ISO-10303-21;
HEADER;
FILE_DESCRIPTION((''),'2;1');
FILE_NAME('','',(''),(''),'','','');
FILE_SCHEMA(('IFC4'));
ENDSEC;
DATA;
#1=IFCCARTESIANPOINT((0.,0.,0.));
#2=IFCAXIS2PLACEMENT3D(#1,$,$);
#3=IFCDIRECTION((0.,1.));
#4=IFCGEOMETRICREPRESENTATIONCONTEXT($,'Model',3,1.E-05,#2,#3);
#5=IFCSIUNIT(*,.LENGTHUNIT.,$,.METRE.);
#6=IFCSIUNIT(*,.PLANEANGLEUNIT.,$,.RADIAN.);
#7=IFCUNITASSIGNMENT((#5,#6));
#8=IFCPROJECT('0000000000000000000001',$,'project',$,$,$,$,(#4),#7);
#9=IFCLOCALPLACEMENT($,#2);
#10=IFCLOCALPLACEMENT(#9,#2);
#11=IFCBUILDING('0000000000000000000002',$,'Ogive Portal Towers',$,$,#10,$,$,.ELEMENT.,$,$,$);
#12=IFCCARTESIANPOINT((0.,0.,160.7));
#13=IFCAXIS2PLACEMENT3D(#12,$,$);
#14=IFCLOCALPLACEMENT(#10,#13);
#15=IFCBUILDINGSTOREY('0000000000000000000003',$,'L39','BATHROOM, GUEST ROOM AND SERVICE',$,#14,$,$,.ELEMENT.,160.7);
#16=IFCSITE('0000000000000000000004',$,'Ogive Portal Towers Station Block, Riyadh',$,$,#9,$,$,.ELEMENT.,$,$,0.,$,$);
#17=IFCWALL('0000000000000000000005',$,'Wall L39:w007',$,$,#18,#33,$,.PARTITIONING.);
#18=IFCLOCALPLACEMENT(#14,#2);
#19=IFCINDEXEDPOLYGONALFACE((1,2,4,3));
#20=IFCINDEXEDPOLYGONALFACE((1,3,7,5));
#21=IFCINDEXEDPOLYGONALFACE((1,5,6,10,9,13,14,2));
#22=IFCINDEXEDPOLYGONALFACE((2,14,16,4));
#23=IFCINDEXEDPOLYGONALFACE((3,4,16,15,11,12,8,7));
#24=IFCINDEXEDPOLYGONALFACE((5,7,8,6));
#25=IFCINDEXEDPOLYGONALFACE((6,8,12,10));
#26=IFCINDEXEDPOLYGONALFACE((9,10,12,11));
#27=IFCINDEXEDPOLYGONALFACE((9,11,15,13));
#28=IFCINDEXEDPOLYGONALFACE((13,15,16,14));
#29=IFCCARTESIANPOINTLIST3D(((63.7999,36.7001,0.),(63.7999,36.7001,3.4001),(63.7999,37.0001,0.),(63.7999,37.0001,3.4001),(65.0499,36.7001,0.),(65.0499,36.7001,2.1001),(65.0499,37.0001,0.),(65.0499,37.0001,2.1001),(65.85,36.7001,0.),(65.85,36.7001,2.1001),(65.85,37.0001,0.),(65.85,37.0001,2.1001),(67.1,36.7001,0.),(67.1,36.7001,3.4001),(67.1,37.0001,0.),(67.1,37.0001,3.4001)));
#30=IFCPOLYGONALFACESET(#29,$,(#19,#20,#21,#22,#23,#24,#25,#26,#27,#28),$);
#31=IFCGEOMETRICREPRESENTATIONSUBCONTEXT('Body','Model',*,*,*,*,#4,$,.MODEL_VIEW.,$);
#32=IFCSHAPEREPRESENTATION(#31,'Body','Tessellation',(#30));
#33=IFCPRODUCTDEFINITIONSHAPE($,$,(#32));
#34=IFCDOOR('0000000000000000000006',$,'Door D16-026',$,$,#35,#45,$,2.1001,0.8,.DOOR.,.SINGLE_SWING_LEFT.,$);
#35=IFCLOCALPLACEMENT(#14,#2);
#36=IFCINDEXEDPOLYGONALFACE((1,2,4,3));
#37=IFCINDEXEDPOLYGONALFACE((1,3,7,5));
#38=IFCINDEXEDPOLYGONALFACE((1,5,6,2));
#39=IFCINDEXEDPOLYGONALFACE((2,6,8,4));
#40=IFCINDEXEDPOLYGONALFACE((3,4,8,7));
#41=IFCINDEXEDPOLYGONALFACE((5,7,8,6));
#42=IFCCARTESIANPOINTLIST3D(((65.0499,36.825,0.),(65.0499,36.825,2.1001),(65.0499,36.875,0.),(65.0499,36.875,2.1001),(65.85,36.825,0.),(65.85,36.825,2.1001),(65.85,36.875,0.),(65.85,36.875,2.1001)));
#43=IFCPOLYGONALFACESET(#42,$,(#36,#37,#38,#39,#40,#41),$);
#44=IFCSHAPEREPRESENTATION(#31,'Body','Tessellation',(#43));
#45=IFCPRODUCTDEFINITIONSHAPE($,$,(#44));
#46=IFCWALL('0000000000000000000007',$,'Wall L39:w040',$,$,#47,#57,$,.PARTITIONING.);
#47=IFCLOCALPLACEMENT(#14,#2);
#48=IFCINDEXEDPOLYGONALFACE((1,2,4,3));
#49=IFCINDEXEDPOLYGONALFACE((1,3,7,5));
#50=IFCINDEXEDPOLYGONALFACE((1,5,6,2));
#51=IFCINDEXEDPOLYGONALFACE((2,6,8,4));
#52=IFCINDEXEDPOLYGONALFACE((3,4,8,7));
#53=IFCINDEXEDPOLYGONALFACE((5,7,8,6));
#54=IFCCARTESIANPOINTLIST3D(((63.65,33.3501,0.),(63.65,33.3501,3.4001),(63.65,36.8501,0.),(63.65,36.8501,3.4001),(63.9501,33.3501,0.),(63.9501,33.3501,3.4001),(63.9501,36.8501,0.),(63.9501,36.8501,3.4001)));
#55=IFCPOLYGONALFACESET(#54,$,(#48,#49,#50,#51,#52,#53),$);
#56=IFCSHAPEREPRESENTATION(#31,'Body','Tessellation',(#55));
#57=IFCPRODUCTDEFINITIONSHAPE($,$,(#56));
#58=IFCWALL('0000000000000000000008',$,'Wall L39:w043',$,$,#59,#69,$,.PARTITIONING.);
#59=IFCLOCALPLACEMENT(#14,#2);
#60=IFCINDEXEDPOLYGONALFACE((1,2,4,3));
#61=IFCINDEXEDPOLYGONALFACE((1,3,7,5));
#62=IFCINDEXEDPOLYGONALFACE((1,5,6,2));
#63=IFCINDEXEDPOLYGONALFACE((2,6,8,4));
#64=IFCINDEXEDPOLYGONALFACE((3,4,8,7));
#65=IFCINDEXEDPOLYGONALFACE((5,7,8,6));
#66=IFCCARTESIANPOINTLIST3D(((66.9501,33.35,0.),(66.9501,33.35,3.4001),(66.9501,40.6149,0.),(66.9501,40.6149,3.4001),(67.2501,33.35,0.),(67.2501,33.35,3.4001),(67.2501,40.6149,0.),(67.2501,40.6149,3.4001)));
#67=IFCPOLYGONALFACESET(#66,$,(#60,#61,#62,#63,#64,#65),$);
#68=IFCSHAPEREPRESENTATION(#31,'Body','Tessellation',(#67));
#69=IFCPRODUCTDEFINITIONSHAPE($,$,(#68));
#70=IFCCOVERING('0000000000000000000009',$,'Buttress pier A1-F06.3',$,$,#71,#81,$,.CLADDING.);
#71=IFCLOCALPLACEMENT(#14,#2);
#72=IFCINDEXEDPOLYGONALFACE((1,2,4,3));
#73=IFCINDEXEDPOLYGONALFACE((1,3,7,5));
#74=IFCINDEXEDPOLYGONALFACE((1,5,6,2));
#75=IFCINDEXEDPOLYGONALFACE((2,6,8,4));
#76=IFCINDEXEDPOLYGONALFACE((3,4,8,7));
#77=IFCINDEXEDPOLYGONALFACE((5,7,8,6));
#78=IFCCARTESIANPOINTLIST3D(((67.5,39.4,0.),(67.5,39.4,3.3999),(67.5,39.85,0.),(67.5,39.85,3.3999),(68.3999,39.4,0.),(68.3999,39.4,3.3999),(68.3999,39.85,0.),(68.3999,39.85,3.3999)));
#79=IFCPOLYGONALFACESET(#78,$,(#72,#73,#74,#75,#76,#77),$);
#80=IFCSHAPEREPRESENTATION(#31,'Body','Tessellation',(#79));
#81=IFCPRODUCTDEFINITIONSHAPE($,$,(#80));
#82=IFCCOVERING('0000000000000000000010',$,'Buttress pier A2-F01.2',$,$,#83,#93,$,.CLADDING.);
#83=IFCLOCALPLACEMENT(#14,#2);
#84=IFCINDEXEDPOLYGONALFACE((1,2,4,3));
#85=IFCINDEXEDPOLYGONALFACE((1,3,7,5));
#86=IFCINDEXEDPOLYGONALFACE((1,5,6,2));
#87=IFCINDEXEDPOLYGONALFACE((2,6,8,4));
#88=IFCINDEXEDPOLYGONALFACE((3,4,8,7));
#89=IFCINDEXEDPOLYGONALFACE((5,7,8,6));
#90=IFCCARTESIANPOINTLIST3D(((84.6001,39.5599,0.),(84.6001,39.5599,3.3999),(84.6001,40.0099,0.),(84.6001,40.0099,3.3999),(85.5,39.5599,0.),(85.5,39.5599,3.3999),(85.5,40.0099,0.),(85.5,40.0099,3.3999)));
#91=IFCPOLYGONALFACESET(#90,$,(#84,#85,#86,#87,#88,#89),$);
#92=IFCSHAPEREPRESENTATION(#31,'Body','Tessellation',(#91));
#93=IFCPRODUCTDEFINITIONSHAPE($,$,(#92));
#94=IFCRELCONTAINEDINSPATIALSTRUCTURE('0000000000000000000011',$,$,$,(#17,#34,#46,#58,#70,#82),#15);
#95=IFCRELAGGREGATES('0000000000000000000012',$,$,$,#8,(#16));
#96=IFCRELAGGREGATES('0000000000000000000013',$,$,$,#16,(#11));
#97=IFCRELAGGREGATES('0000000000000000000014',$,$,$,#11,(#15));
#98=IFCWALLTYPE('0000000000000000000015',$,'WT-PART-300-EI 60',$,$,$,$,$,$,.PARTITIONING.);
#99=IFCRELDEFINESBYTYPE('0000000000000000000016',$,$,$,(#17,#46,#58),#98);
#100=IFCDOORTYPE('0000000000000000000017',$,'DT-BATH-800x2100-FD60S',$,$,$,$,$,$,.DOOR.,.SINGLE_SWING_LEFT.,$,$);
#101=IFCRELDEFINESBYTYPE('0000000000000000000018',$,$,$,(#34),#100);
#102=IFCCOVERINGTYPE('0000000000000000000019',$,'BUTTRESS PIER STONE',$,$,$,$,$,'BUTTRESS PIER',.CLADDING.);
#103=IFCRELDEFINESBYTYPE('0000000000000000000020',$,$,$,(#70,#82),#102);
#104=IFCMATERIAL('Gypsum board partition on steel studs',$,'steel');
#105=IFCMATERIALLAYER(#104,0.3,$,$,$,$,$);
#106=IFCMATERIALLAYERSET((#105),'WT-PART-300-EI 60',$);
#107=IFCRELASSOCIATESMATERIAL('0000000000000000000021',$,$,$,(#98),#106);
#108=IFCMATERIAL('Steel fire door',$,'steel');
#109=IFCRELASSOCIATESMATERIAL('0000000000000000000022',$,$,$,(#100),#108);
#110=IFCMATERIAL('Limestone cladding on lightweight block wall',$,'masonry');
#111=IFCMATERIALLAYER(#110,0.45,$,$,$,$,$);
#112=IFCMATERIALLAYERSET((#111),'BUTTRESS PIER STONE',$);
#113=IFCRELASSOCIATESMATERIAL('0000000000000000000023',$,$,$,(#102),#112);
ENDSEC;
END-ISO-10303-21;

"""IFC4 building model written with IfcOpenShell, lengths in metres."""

from ifc_helpers import new_model, si_unit, direction, frame, frame_2d, origin, origin_2d, place, context, subcontext, project, spatial, rectangle, extrude, material, layer, layer_set, type_object, element, fill, save


model = new_model("IFC4")

# Units and contexts
model_context = context("Model", 3, precision=1e-05, world=origin(), true_north=direction((0.0, 1.0)))
body_context = subcontext(model_context, "Body", "Model", "MODEL_VIEW")
ifc_project = project(units=[si_unit("LENGTHUNIT", "METRE"), si_unit("PLANEANGLEUNIT", "RADIAN")], contexts=[model_context])

# Site, building, storey
site_placement = place(None, origin())
site = spatial("IfcSite", under=ifc_project, at=site_placement, Name="Ogive Portal Towers Station Block, Riyadh", CompositionType="ELEMENT", RefElevation=0.0)
building_placement = place(site_placement, origin())
building = spatial("IfcBuilding", under=site, at=building_placement, Name="Ogive Portal Towers", CompositionType="ELEMENT")
storey_placement = place(building_placement, frame((0.0, 0.0, 160.7)))
storey = spatial("IfcBuildingStorey", under=building, at=storey_placement, Name="L39", Description="BATHROOM, GUEST ROOM AND SERVICE", CompositionType="ELEMENT", Elevation=160.7)

# Wall, opening, door
ifc_material_1 = material(Name="Gypsum board partition on steel studs", Category="steel")
ifc_layer_1 = layer(ifc_material_1, 0.3)
ifc_layer_set_1 = layer_set([ifc_layer_1], Name="WT-PART-300-EI 60")
wall_type = type_object("IfcWallType", Name="WT-PART-300-EI 60", PredefinedType="PARTITIONING", material=ifc_layer_set_1)
wall_1_placement = place(storey_placement, frame((63.8, 36.8501, 0.0), z_axis=(0.0, 0.0, 1.0), x_axis=(1.0, 0.0, 0.0)))
wall_1 = element("IfcWall", 1, at=wall_1_placement, inside=storey, type_object=wall_type, Name="Wall L39:w007", PredefinedType="PARTITIONING", context=body_context, shape_type="SweptSolid", body=[
    extrude(rectangle(XDim=3.3, YDim=0.3, at=frame_2d((1.6499, 0.0))), origin(), (0.0, 0.0, 1.0), 3.4001),
])
opening_placement = place(wall_1_placement, frame((1.25, 0.0, 0.0)))
opening = element("IfcOpeningElement", 2, at=opening_placement, cuts=wall_1, PredefinedType="OPENING", context=body_context, shape_type="SweptSolid", body=[
    extrude(rectangle(XDim=0.8, YDim=2.1001, at=frame_2d((0.3999, 1.05))), frame((0.0, 0.1602, 0.0), z_axis=(0.0, -1.0, 0.0), x_axis=(1.0, 0.0, 0.0)), (0.0, 0.0, 1.0), 0.3201),
])
ifc_material_2 = material(Name="Steel fire door", Category="steel")
door_type = type_object("IfcDoorType", Name="DT-BATH-800x2100-FD60S", OperationType="SINGLE_SWING_LEFT", PredefinedType="DOOR", material=ifc_material_2)
door_placement = place(opening_placement, origin())
door = element("IfcDoor", 3, at=door_placement, inside=storey, type_object=door_type, Name="Door D16-026", OperationType="SINGLE_SWING_LEFT", OverallHeight=2.1001, OverallWidth=0.8, PredefinedType="DOOR", context=body_context, shape_type="SweptSolid", body=[
    extrude(rectangle(XDim=0.8, YDim=2.1001, at=frame_2d((0.3999, 1.05))), frame((0.0, 0.0249, 0.0), z_axis=(0.0, -1.0, 0.0), x_axis=(1.0, 0.0, 0.0)), (0.0, 0.0, 1.0), 0.05),
])
fill(opening, door)

# Walls
wall_2_placement = place(storey_placement, frame((63.8, 33.3501, 0.0), z_axis=(0.0, 0.0, 1.0), x_axis=(0.0, 1.0, 0.0)))
element("IfcWall", 4, at=wall_2_placement, inside=storey, type_object=wall_type, Name="Wall L39:w040", PredefinedType="PARTITIONING", context=body_context, shape_type="SweptSolid", body=[
    extrude(rectangle(XDim=3.5, YDim=0.3, at=frame_2d((1.75, 0.0))), origin(), (0.0, 0.0, 1.0), 3.4001),
])
wall_3_placement = place(storey_placement, frame((67.1001, 33.3501, 0.0), z_axis=(0.0, 0.0, 1.0), x_axis=(0.0, 1.0, 0.0)))
element("IfcWall", 5, at=wall_3_placement, inside=storey, type_object=wall_type, Name="Wall L39:w043", PredefinedType="PARTITIONING", context=body_context, shape_type="SweptSolid", body=[
    extrude(rectangle(XDim=7.2649, YDim=0.3, at=frame_2d((3.6323, 0.0))), origin(), (0.0, 0.0, 1.0), 3.4001),
])

# Coverings
ifc_material_3 = material(Name="Limestone cladding on lightweight block wall", Category="masonry")
ifc_layer_2 = layer(ifc_material_3, 0.45)
ifc_layer_set_2 = layer_set([ifc_layer_2], Name="BUTTRESS PIER STONE")
covering_type = type_object("IfcCoveringType", Name="BUTTRESS PIER STONE", ElementType="BUTTRESS PIER", PredefinedType="CLADDING", material=ifc_layer_set_2)
for number, where, z_axis, x_axis, name in (
    (6, (67.95, 39.625, 0.0), (0.0, 0.0, 1.0), (1.0, 0.0, 0.0), "Buttress pier A1-F06.3"),
    (7, (85.05, 39.7849, 0.0), (0.0, 0.0, 1.0), (1.0, 0.0, 0.0), "Buttress pier A2-F01.2"),
):
    element("IfcCovering", number, at=place(storey_placement, frame(where, z_axis=z_axis, x_axis=x_axis)), inside=storey, type_object=covering_type, Name=name, PredefinedType="CLADDING", context=body_context, shape_type="SweptSolid", body=[
        extrude(rectangle(XDim=0.8999, YDim=0.45, at=origin_2d()), origin(), (0.0, 0.0, 1.0), 3.3999),
    ])

save(model, "model.ifc")
